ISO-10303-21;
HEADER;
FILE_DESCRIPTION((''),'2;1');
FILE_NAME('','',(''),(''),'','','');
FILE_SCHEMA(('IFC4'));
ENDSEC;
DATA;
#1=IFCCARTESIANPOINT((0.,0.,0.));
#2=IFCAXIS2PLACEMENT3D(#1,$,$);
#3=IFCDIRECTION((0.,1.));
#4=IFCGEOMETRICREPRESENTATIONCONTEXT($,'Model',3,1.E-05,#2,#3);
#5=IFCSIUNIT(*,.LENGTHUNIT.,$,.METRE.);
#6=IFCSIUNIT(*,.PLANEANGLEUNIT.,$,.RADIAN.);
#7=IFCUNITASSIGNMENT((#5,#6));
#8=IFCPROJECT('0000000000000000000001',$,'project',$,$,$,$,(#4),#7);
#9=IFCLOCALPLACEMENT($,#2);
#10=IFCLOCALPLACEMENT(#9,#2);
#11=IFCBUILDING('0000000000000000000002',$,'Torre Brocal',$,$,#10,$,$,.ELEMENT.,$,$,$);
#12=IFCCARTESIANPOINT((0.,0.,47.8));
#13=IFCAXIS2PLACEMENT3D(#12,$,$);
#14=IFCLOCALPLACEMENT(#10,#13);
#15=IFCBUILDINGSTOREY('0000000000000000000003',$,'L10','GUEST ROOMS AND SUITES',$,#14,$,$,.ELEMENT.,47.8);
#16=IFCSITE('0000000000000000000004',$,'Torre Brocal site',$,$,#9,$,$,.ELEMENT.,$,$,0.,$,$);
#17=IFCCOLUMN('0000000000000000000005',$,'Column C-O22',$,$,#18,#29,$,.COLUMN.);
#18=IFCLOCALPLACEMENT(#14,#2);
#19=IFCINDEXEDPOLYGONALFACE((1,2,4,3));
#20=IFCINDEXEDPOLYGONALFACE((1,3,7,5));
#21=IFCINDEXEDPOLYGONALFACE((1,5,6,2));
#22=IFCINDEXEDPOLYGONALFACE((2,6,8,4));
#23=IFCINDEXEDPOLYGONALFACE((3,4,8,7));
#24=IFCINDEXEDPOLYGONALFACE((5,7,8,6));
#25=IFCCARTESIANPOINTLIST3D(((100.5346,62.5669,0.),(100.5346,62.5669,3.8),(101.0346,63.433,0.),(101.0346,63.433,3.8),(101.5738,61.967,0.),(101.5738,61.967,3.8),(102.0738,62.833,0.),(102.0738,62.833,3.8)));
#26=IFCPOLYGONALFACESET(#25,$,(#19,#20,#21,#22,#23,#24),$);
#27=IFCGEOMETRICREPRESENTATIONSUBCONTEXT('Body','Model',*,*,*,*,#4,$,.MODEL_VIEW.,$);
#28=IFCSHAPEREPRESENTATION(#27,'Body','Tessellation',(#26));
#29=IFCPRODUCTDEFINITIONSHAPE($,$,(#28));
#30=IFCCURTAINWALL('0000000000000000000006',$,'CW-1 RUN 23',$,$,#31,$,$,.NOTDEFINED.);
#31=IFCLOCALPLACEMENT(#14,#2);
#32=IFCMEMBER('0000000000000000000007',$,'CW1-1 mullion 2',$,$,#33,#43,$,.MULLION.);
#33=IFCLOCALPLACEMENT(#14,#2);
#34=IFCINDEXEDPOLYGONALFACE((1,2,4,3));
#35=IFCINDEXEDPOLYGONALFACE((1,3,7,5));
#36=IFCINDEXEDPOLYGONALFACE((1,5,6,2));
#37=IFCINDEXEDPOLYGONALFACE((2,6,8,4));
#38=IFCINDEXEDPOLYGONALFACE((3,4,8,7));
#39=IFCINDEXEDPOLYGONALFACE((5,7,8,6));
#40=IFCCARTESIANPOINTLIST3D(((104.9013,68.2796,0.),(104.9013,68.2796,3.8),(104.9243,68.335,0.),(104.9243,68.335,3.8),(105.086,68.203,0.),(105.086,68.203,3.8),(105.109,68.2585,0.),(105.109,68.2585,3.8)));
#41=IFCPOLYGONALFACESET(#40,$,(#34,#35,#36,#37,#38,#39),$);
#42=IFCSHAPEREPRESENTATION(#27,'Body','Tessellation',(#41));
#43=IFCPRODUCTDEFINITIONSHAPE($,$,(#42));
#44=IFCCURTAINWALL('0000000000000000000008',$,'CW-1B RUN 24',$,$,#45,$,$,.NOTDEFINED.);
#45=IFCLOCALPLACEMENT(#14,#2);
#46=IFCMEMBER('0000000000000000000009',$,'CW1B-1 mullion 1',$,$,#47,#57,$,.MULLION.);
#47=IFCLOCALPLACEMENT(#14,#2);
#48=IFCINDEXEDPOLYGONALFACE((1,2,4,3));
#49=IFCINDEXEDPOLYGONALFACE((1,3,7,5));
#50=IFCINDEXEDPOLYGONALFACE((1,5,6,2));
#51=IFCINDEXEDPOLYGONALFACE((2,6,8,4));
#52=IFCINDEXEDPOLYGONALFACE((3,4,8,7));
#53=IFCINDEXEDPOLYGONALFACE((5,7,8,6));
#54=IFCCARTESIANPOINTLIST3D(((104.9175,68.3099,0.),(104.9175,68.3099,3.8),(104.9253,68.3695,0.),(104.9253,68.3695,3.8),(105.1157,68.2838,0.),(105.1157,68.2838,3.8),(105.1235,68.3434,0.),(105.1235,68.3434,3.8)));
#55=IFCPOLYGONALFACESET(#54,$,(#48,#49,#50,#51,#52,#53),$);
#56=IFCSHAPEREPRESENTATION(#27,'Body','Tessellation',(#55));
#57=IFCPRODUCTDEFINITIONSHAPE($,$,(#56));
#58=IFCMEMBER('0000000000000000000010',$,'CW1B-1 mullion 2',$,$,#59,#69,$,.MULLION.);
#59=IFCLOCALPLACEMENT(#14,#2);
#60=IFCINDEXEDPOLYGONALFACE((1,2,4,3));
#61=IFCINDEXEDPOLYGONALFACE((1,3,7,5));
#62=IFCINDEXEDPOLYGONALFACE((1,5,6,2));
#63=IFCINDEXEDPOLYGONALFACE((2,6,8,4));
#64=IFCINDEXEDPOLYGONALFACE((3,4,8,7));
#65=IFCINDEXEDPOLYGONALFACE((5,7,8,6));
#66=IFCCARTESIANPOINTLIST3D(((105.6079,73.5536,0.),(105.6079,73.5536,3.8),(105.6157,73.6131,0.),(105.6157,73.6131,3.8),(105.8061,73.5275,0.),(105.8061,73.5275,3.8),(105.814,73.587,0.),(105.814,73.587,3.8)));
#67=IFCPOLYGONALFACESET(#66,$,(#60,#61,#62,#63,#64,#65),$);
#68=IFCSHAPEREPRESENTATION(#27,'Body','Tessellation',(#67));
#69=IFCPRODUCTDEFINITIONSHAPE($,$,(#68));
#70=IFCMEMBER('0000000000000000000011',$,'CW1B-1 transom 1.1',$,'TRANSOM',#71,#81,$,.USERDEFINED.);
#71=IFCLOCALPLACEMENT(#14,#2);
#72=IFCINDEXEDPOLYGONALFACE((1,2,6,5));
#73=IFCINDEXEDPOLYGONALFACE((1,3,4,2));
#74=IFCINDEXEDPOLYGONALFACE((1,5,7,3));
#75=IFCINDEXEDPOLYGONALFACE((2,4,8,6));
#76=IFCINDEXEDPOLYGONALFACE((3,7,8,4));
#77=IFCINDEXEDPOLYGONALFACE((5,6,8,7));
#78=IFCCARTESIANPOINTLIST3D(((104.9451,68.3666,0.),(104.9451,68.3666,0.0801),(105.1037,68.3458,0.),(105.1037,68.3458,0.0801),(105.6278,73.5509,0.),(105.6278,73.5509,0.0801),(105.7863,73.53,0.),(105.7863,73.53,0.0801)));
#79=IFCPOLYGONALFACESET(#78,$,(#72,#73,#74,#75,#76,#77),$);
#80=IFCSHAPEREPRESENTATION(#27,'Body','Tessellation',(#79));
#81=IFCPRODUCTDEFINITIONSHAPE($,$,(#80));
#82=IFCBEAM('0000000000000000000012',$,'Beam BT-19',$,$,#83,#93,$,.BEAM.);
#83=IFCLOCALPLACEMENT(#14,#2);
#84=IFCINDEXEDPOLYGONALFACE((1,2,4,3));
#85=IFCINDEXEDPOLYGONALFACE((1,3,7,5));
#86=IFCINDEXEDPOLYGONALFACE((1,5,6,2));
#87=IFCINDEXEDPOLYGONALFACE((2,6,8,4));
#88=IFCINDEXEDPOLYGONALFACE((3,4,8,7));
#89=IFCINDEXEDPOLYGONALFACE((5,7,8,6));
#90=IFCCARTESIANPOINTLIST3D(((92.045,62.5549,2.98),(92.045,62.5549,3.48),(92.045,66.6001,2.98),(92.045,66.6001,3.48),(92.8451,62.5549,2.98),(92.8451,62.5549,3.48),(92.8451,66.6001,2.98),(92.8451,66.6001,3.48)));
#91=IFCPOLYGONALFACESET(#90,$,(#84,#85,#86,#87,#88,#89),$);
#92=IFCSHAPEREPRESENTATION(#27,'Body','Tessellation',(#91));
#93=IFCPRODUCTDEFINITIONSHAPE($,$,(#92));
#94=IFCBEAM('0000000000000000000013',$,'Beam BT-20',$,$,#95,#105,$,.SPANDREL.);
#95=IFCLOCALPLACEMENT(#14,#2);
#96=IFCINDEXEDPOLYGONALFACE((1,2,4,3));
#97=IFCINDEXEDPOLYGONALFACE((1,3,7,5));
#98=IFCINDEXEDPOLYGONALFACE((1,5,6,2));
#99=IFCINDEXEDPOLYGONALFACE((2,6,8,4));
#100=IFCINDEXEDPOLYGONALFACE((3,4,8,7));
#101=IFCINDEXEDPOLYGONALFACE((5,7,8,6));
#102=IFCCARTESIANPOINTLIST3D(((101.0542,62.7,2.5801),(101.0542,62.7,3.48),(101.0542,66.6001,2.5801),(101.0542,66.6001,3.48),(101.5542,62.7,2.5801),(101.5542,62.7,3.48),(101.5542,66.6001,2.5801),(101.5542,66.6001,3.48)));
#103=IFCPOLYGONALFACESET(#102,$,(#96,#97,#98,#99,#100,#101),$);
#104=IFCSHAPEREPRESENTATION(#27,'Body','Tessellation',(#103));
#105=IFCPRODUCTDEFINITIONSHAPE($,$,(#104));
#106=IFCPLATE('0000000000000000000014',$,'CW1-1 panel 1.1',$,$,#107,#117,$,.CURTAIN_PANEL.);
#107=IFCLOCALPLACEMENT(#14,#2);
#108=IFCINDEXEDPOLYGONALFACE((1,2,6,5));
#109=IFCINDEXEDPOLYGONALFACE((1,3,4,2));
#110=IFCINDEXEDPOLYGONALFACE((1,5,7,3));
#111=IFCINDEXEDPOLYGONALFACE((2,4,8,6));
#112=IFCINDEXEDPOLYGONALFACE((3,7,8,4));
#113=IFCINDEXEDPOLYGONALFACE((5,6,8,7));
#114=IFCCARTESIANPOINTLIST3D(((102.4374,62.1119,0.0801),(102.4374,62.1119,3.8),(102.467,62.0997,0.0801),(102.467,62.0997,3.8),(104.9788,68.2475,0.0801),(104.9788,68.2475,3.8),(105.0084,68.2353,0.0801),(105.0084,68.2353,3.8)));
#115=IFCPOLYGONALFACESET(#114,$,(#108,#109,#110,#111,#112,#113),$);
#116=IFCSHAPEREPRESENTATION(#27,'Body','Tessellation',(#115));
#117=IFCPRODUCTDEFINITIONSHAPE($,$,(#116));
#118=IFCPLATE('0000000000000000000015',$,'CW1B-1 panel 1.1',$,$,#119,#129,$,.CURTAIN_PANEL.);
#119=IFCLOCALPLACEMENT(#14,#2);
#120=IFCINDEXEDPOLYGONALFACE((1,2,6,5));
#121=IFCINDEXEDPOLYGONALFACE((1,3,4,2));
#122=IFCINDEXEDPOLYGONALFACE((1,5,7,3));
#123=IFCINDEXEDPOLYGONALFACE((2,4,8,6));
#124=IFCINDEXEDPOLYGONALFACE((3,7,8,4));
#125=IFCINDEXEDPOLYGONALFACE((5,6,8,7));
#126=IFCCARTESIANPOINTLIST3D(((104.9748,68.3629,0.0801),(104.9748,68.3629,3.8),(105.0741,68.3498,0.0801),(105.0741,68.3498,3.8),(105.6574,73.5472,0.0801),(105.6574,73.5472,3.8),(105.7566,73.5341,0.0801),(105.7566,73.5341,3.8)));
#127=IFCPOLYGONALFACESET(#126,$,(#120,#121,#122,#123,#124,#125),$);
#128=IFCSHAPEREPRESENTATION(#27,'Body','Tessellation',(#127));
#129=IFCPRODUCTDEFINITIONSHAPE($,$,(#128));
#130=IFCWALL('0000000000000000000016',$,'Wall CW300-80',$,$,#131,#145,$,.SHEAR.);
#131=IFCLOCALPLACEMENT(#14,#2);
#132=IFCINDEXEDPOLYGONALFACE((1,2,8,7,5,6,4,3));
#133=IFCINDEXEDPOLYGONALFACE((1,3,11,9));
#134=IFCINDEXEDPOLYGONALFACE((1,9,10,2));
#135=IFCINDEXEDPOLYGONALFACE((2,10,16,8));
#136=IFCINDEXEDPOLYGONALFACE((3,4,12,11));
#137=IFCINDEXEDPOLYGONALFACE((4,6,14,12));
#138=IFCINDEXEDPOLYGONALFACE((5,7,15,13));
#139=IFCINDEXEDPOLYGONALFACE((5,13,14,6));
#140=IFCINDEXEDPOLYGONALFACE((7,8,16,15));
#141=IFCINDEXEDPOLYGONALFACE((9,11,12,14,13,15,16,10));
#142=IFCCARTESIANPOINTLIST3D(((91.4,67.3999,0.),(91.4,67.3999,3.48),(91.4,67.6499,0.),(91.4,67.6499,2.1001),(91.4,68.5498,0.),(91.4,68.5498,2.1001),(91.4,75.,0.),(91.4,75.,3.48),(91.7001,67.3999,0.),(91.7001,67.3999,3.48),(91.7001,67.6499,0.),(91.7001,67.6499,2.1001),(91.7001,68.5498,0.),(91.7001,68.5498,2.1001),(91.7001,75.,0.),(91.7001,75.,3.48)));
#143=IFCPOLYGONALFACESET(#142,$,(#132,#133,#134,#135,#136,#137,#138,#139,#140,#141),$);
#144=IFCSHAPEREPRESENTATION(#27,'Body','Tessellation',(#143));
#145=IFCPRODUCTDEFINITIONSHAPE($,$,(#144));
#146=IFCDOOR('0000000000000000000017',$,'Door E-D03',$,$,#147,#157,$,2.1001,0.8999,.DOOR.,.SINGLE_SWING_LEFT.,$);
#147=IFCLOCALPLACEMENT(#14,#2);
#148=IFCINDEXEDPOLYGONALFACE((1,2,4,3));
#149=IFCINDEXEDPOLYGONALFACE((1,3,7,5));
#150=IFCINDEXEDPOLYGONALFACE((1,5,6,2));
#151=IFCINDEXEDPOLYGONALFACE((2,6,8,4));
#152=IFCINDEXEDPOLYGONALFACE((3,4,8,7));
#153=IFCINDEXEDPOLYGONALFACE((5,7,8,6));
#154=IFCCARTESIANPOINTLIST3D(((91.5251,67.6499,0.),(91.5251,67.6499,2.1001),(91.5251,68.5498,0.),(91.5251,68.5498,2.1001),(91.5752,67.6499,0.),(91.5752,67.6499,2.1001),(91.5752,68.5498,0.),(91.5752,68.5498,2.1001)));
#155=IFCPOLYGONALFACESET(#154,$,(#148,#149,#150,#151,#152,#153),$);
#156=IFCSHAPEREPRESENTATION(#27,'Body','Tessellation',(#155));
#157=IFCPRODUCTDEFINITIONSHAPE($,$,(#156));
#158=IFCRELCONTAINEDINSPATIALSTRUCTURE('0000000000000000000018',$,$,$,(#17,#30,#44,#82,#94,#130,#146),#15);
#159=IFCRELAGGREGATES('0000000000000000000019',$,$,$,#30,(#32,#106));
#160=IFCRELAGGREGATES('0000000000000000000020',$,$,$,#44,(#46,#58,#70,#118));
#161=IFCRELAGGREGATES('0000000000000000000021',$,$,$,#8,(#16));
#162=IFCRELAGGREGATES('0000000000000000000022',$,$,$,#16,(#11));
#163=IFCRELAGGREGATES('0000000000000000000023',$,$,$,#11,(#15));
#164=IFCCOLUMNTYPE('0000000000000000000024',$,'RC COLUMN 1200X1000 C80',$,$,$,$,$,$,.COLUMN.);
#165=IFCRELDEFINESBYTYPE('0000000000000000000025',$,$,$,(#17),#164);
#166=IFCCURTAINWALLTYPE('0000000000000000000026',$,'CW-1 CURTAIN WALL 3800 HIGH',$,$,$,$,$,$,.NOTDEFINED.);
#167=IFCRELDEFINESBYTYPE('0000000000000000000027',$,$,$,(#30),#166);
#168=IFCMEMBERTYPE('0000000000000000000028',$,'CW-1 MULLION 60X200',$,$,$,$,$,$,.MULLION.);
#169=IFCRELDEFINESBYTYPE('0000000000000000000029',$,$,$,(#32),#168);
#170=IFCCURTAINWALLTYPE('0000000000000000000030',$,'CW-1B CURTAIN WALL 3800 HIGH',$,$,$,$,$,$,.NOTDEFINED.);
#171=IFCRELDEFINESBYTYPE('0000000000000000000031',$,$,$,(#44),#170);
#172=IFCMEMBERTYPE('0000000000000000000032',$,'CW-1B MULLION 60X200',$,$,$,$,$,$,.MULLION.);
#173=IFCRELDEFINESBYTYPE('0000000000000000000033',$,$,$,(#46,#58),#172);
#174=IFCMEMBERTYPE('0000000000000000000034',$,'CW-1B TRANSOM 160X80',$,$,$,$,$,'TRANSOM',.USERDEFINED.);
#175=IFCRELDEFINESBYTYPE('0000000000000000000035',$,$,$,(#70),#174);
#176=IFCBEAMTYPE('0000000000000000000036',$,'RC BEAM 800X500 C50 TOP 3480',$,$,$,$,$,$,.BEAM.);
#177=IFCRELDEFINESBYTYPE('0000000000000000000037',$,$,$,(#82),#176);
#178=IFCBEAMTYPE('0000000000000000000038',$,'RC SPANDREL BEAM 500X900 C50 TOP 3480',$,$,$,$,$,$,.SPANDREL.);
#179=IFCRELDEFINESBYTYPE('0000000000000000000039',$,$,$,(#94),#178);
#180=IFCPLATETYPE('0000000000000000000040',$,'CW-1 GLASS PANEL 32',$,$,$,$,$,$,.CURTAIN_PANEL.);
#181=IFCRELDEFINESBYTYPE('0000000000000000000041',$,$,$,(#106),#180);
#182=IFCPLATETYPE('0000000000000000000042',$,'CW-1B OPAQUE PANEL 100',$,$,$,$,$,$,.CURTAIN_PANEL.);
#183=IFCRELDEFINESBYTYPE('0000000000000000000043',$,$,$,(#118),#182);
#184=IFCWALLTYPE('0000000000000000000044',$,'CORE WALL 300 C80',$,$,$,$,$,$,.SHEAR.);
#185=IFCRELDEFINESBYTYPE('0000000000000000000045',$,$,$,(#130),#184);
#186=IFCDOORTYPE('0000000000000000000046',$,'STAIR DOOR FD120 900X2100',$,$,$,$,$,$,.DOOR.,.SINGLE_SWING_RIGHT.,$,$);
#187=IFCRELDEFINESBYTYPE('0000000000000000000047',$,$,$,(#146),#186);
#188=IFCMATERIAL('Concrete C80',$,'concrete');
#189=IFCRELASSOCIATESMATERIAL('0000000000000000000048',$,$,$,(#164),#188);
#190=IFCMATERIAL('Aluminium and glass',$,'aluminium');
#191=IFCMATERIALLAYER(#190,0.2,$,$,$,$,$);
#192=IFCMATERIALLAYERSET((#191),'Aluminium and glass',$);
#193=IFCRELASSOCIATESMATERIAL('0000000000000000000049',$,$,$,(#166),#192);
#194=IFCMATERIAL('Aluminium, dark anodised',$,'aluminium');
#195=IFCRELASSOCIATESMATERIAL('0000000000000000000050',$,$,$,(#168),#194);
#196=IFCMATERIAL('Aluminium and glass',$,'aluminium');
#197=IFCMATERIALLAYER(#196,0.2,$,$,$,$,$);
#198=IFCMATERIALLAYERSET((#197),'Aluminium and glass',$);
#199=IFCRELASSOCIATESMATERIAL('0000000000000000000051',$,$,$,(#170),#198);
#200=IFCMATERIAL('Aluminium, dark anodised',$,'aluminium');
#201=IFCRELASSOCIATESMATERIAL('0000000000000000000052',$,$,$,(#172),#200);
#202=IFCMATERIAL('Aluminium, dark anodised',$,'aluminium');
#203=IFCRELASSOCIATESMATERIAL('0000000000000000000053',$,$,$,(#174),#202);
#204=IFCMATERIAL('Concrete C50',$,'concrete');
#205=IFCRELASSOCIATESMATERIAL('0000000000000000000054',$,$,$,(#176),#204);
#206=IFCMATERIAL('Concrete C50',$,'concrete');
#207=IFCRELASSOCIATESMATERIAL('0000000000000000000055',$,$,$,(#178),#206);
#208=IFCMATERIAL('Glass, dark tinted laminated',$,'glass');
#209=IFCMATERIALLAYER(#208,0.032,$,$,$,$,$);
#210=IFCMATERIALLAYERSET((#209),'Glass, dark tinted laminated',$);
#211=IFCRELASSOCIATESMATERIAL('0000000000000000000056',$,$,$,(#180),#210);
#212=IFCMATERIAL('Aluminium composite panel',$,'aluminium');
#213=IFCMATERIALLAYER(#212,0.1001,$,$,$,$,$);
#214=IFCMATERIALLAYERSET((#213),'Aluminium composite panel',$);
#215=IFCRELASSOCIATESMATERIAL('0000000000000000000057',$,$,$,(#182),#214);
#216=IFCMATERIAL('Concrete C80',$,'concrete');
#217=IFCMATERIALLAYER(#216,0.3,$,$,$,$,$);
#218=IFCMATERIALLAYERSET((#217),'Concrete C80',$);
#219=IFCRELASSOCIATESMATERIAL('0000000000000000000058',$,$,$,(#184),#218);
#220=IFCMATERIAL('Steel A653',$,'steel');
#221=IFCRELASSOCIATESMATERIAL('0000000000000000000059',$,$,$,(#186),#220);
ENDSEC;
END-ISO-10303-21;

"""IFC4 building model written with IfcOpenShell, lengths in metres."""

from ifc_helpers import new_model, si_unit, direction, frame, frame_2d, origin, origin_2d, place, context, subcontext, project, spatial, rectangle, extrude, material, layer, layer_set, material_profile, profile_set, type_object, element, fill, aggregate, save


model = new_model("IFC4")

# Units and contexts
model_context = context("Model", 3, precision=1e-05, world=origin(), true_north=direction((0.0, 1.0)))
body_context = subcontext(model_context, "Body", "Model", "MODEL_VIEW")
ifc_project = project(units=[si_unit("LENGTHUNIT", "METRE"), si_unit("PLANEANGLEUNIT", "RADIAN")], contexts=[model_context])

# Site, building, storey
site_placement = place(None, origin())
site = spatial("IfcSite", under=ifc_project, at=site_placement, Name="Torre Brocal site", CompositionType="ELEMENT", RefElevation=0.0)
building_placement = place(site_placement, origin())
building = spatial("IfcBuilding", under=site, at=building_placement, Name="Torre Brocal", CompositionType="ELEMENT")
storey_placement = place(building_placement, frame((0.0, 0.0, 47.8)))
storey = spatial("IfcBuildingStorey", under=building, at=storey_placement, Name="L10", Description="GUEST ROOMS AND SUITES", CompositionType="ELEMENT", Elevation=47.8)

# Column
ifc_material_1 = material(Name="Concrete C80", Category="concrete")
ifc_material_profile_1 = material_profile(ifc_material_1, rectangle(XDim=1.2, YDim=1.0, at=origin_2d()), Name="RC 1200X1000")
ifc_profile_set_1 = profile_set([ifc_material_profile_1], Name="Concrete C80")
column_type = type_object("IfcColumnType", Name="RC COLUMN 1200X1000 C80", PredefinedType="COLUMN", material=ifc_profile_set_1)
column_placement = place(storey_placement, frame((101.3042, 62.7, 0.0), z_axis=(0.0, 0.0, 1.0), x_axis=(0.866025, -0.5, 0.0)))
element("IfcColumn", 1, at=column_placement, inside=storey, type_object=column_type, Name="Column C-O22", PredefinedType="COLUMN", context=body_context, shape_type="SweptSolid", body=[
    extrude(rectangle(XDim=1.2, YDim=1.0, at=origin_2d()), origin(), (0.0, 0.0, 1.0), 3.8),
])

# Curtain wall, member
ifc_material_2 = material(Name="Aluminium and glass", Category="aluminium")
ifc_layer_1 = layer(ifc_material_2, 0.2)
ifc_layer_set_1 = layer_set([ifc_layer_1], Name="Aluminium and glass")
curtain_wall_type_1 = type_object("IfcCurtainWallType", Name="CW-1 CURTAIN WALL 3800 HIGH", PredefinedType="NOTDEFINED", material=ifc_layer_set_1)
curtain_wall_1_placement = place(storey_placement, origin())
curtain_wall_1 = element("IfcCurtainWall", 2, at=curtain_wall_1_placement, inside=storey, type_object=curtain_wall_type_1, Name="CW-1 RUN 23", PredefinedType="NOTDEFINED")
ifc_material_3 = material(Name="Aluminium, dark anodised", Category="aluminium")
ifc_material_profile_2 = material_profile(ifc_material_3, rectangle(XDim=0.2, YDim=0.0601, at=origin_2d()), Name="CW-1 MULLION 60X200")
ifc_profile_set_2 = profile_set([ifc_material_profile_2], Name="Aluminium, dark anodised")
member_type_1 = type_object("IfcMemberType", Name="CW-1 MULLION 60X200", PredefinedType="MULLION", material=ifc_profile_set_2)
member_1_placement = place(storey_placement, frame((105.0051, 68.269, 0.0), z_axis=(0.0, 0.0, 1.0), x_axis=(-0.92388, 0.382683, 0.0)))
member_1 = element("IfcMember", 3, at=member_1_placement, type_object=member_type_1, Name="CW1-1 mullion 2", PredefinedType="MULLION", context=body_context, shape_type="SweptSolid", body=[
    extrude(rectangle(XDim=0.2, YDim=0.0601, at=origin_2d()), origin(), (0.0, 0.0, 1.0), 3.8),
])

# Curtain wall, members
ifc_material_4 = material(Name="Aluminium and glass", Category="aluminium")
ifc_layer_2 = layer(ifc_material_4, 0.2)
ifc_layer_set_2 = layer_set([ifc_layer_2], Name="Aluminium and glass")
curtain_wall_type_2 = type_object("IfcCurtainWallType", Name="CW-1B CURTAIN WALL 3800 HIGH", PredefinedType="NOTDEFINED", material=ifc_layer_set_2)
curtain_wall_2_placement = place(storey_placement, origin())
curtain_wall_2 = element("IfcCurtainWall", 4, at=curtain_wall_2_placement, inside=storey, type_object=curtain_wall_type_2, Name="CW-1B RUN 24", PredefinedType="NOTDEFINED")
ifc_material_5 = material(Name="Aluminium, dark anodised", Category="aluminium")
ifc_material_profile_3 = material_profile(ifc_material_5, rectangle(XDim=0.2, YDim=0.0601, at=origin_2d()), Name="CW-1B MULLION 60X200")
ifc_profile_set_3 = profile_set([ifc_material_profile_3], Name="Aluminium, dark anodised")
member_type_2 = type_object("IfcMemberType", Name="CW-1B MULLION 60X200", PredefinedType="MULLION", material=ifc_profile_set_3)
member_2_placement = place(storey_placement, frame((105.0205, 68.3267, 0.0), z_axis=(0.0, 0.0, 1.0), x_axis=(-0.991445, 0.130526, 0.0)))
member_2 = element("IfcMember", 5, at=member_2_placement, type_object=member_type_2, Name="CW1B-1 mullion 1", PredefinedType="MULLION", context=body_context, shape_type="SweptSolid", body=[
    extrude(rectangle(XDim=0.2, YDim=0.0601, at=origin_2d()), origin(), (0.0, 0.0, 1.0), 3.8),
])
member_3_placement = place(storey_placement, frame((105.7109, 73.5703, 0.0), z_axis=(0.0, 0.0, 1.0), x_axis=(-0.991445, 0.130526, 0.0)))
member_3 = element("IfcMember", 6, at=member_3_placement, type_object=member_type_2, Name="CW1B-1 mullion 2", PredefinedType="MULLION", context=body_context, shape_type="SweptSolid", body=[
    extrude(rectangle(XDim=0.2, YDim=0.0601, at=origin_2d()), origin(), (0.0, 0.0, 1.0), 3.8),
])
ifc_material_6 = material(Name="Aluminium, dark anodised", Category="aluminium")
ifc_material_profile_4 = material_profile(ifc_material_6, rectangle(XDim=0.1599, YDim=0.0801, at=origin_2d()), Name="CW-1B TRANSOM 160X80")
ifc_profile_set_4 = profile_set([ifc_material_profile_4], Name="Aluminium, dark anodised")
member_type_3 = type_object("IfcMemberType", Name="CW-1B TRANSOM 160X80", ElementType="TRANSOM", PredefinedType="USERDEFINED", material=ifc_profile_set_4)
member_4_placement = place(storey_placement, frame((105.0244, 68.3562, 0.04), z_axis=(0.130543, 0.991443, 0.0), x_axis=(-0.991443, 0.130543, 0.0)))
member_4 = element("IfcMember", 7, at=member_4_placement, type_object=member_type_3, Name="CW1B-1 transom 1.1", ObjectType="TRANSOM", PredefinedType="USERDEFINED", context=body_context, shape_type="SweptSolid", body=[
    extrude(rectangle(XDim=0.1599, YDim=0.0801, at=origin_2d()), origin(), (0.0, 0.0, 1.0), 5.229),
])

# Beams
ifc_material_7 = material(Name="Concrete C50", Category="concrete")
ifc_material_profile_5 = material_profile(ifc_material_7, rectangle(XDim=0.8, YDim=0.5, at=origin_2d()), Name="RC 800X500")
ifc_profile_set_5 = profile_set([ifc_material_profile_5], Name="Concrete C50")
beam_type_1 = type_object("IfcBeamType", Name="RC BEAM 800X500 C50 TOP 3480", PredefinedType="BEAM", material=ifc_profile_set_5)
beam_1_placement = place(storey_placement, frame((92.4451, 62.5549, 3.23), z_axis=(0.0, 1.0, 0.0), x_axis=(-1.0, 0.0, 0.0)))
element("IfcBeam", 8, at=beam_1_placement, inside=storey, type_object=beam_type_1, Name="Beam BT-19", PredefinedType="BEAM", context=body_context, shape_type="SweptSolid", body=[
    extrude(rectangle(XDim=0.8, YDim=0.5, at=origin_2d()), origin(), (0.0, 0.0, 1.0), 4.0452),
])
ifc_material_8 = material(Name="Concrete C50", Category="concrete")
ifc_material_profile_6 = material_profile(ifc_material_8, rectangle(XDim=0.5, YDim=0.8999, at=origin_2d()), Name="RC 500X900")
ifc_profile_set_6 = profile_set([ifc_material_profile_6], Name="Concrete C50")
beam_type_2 = type_object("IfcBeamType", Name="RC SPANDREL BEAM 500X900 C50 TOP 3480", PredefinedType="SPANDREL", material=ifc_profile_set_6)
beam_2_placement = place(storey_placement, frame((101.3042, 62.7, 3.03), z_axis=(0.0, 1.0, 0.0), x_axis=(-1.0, 0.0, 0.0)))
element("IfcBeam", 9, at=beam_2_placement, inside=storey, type_object=beam_type_2, Name="Beam BT-20", PredefinedType="SPANDREL", context=body_context, shape_type="SweptSolid", body=[
    extrude(rectangle(XDim=0.5, YDim=0.8999, at=origin_2d()), origin(), (0.0, 0.0, 1.0), 3.9001),
])

# Plates
ifc_material_9 = material(Name="Glass, dark tinted laminated", Category="glass")
ifc_layer_3 = layer(ifc_material_9, 0.032)
ifc_layer_set_3 = layer_set([ifc_layer_3], Name="Glass, dark tinted laminated")
plate_type_1 = type_object("IfcPlateType", Name="CW-1 GLASS PANEL 32", PredefinedType="CURTAIN_PANEL", material=ifc_layer_set_3)
plate_1_placement = place(storey_placement, frame((103.7229, 65.1736, 0.0801), z_axis=(0.0, 0.0, 1.0), x_axis=(0.382683, 0.92388, 0.0)))
plate_1 = element("IfcPlate", 10, at=plate_1_placement, type_object=plate_type_1, Name="CW1-1 panel 1.1", PredefinedType="CURTAIN_PANEL", context=body_context, shape_type="SweptSolid", body=[
    extrude(rectangle(XDim=6.6411, YDim=0.032, at=origin_2d()), origin(), (0.0, 0.0, 1.0), 3.72),
])
aggregate(curtain_wall_1, [member_1, plate_1])
ifc_material_10 = material(Name="Aluminium composite panel", Category="aluminium")
ifc_layer_4 = layer(ifc_material_10, 0.1001)
ifc_layer_set_4 = layer_set([ifc_layer_4], Name="Aluminium composite panel")
plate_type_2 = type_object("IfcPlateType", Name="CW-1B OPAQUE PANEL 100", PredefinedType="CURTAIN_PANEL", material=ifc_layer_set_4)
plate_2_placement = place(storey_placement, frame((105.3657, 70.9485, 0.0801), z_axis=(0.0, 0.0, 1.0), x_axis=(0.130526, 0.991445, 0.0)))
plate_2 = element("IfcPlate", 11, at=plate_2_placement, type_object=plate_type_2, Name="CW1B-1 panel 1.1", PredefinedType="CURTAIN_PANEL", context=body_context, shape_type="SweptSolid", body=[
    extrude(rectangle(XDim=5.229, YDim=0.1001, at=origin_2d()), origin(), (0.0, 0.0, 1.0), 3.72),
])
aggregate(curtain_wall_2, [member_2, member_3, member_4, plate_2])

# Wall, opening, door
ifc_material_11 = material(Name="Concrete C80", Category="concrete")
ifc_layer_5 = layer(ifc_material_11, 0.3)
ifc_layer_set_5 = layer_set([ifc_layer_5], Name="Concrete C80")
wall_type_1 = type_object("IfcWallType", Name="CORE WALL 300 C80", PredefinedType="SHEAR", material=ifc_layer_set_5)
wall_1_placement = place(storey_placement, frame((91.55, 67.3999, 0.0), z_axis=(0.0, 0.0, 1.0), x_axis=(0.0, 1.0, 0.0)))
wall_1 = element("IfcWall", 12, at=wall_1_placement, inside=storey, type_object=wall_type_1, Name="Wall CW300-80", PredefinedType="SHEAR", context=body_context, shape_type="SweptSolid", body=[
    extrude(rectangle(XDim=7.6001, YDim=0.3, at=frame_2d((3.8, 0.0))), origin(), (0.0, 0.0, 1.0), 3.48),
])
opening_1_placement = place(wall_1_placement, frame((0.25, 0.0, 0.0)))
opening_1 = element("IfcOpeningElement", 13, at=opening_1_placement, cuts=wall_1, PredefinedType="OPENING", context=body_context, shape_type="SweptSolid", body=[
    extrude(rectangle(XDim=0.8999, YDim=2.1001, at=frame_2d((0.45, 1.05))), frame((0.0, 0.1599, 0.0), z_axis=(0.0, -1.0, 0.0), x_axis=(1.0, 0.0, 0.0)), (0.0, 0.0, 1.0), 0.3201),
])
ifc_material_12 = material(Name="Steel A653", Category="steel")
door_type_1 = type_object("IfcDoorType", Name="STAIR DOOR FD120 900X2100", OperationType="SINGLE_SWING_RIGHT", PredefinedType="DOOR", material=ifc_material_12)
door_1_placement = place(opening_1_placement, origin())
door_1 = element("IfcDoor", 14, at=door_1_placement, inside=storey, type_object=door_type_1, Name="Door E-D03", OperationType="SINGLE_SWING_LEFT", OverallHeight=2.1001, OverallWidth=0.8999, PredefinedType="DOOR", context=body_context, shape_type="SweptSolid", body=[
    extrude(rectangle(XDim=0.8999, YDim=2.1001, at=frame_2d((0.45, 1.05))), frame((0.0, 0.0249, 0.0), z_axis=(0.0, -1.0, 0.0), x_axis=(1.0, 0.0, 0.0)), (0.0, 0.0, 1.0), 0.05),
])
fill(opening_1, door_1)

save(model, "model.ifc")
